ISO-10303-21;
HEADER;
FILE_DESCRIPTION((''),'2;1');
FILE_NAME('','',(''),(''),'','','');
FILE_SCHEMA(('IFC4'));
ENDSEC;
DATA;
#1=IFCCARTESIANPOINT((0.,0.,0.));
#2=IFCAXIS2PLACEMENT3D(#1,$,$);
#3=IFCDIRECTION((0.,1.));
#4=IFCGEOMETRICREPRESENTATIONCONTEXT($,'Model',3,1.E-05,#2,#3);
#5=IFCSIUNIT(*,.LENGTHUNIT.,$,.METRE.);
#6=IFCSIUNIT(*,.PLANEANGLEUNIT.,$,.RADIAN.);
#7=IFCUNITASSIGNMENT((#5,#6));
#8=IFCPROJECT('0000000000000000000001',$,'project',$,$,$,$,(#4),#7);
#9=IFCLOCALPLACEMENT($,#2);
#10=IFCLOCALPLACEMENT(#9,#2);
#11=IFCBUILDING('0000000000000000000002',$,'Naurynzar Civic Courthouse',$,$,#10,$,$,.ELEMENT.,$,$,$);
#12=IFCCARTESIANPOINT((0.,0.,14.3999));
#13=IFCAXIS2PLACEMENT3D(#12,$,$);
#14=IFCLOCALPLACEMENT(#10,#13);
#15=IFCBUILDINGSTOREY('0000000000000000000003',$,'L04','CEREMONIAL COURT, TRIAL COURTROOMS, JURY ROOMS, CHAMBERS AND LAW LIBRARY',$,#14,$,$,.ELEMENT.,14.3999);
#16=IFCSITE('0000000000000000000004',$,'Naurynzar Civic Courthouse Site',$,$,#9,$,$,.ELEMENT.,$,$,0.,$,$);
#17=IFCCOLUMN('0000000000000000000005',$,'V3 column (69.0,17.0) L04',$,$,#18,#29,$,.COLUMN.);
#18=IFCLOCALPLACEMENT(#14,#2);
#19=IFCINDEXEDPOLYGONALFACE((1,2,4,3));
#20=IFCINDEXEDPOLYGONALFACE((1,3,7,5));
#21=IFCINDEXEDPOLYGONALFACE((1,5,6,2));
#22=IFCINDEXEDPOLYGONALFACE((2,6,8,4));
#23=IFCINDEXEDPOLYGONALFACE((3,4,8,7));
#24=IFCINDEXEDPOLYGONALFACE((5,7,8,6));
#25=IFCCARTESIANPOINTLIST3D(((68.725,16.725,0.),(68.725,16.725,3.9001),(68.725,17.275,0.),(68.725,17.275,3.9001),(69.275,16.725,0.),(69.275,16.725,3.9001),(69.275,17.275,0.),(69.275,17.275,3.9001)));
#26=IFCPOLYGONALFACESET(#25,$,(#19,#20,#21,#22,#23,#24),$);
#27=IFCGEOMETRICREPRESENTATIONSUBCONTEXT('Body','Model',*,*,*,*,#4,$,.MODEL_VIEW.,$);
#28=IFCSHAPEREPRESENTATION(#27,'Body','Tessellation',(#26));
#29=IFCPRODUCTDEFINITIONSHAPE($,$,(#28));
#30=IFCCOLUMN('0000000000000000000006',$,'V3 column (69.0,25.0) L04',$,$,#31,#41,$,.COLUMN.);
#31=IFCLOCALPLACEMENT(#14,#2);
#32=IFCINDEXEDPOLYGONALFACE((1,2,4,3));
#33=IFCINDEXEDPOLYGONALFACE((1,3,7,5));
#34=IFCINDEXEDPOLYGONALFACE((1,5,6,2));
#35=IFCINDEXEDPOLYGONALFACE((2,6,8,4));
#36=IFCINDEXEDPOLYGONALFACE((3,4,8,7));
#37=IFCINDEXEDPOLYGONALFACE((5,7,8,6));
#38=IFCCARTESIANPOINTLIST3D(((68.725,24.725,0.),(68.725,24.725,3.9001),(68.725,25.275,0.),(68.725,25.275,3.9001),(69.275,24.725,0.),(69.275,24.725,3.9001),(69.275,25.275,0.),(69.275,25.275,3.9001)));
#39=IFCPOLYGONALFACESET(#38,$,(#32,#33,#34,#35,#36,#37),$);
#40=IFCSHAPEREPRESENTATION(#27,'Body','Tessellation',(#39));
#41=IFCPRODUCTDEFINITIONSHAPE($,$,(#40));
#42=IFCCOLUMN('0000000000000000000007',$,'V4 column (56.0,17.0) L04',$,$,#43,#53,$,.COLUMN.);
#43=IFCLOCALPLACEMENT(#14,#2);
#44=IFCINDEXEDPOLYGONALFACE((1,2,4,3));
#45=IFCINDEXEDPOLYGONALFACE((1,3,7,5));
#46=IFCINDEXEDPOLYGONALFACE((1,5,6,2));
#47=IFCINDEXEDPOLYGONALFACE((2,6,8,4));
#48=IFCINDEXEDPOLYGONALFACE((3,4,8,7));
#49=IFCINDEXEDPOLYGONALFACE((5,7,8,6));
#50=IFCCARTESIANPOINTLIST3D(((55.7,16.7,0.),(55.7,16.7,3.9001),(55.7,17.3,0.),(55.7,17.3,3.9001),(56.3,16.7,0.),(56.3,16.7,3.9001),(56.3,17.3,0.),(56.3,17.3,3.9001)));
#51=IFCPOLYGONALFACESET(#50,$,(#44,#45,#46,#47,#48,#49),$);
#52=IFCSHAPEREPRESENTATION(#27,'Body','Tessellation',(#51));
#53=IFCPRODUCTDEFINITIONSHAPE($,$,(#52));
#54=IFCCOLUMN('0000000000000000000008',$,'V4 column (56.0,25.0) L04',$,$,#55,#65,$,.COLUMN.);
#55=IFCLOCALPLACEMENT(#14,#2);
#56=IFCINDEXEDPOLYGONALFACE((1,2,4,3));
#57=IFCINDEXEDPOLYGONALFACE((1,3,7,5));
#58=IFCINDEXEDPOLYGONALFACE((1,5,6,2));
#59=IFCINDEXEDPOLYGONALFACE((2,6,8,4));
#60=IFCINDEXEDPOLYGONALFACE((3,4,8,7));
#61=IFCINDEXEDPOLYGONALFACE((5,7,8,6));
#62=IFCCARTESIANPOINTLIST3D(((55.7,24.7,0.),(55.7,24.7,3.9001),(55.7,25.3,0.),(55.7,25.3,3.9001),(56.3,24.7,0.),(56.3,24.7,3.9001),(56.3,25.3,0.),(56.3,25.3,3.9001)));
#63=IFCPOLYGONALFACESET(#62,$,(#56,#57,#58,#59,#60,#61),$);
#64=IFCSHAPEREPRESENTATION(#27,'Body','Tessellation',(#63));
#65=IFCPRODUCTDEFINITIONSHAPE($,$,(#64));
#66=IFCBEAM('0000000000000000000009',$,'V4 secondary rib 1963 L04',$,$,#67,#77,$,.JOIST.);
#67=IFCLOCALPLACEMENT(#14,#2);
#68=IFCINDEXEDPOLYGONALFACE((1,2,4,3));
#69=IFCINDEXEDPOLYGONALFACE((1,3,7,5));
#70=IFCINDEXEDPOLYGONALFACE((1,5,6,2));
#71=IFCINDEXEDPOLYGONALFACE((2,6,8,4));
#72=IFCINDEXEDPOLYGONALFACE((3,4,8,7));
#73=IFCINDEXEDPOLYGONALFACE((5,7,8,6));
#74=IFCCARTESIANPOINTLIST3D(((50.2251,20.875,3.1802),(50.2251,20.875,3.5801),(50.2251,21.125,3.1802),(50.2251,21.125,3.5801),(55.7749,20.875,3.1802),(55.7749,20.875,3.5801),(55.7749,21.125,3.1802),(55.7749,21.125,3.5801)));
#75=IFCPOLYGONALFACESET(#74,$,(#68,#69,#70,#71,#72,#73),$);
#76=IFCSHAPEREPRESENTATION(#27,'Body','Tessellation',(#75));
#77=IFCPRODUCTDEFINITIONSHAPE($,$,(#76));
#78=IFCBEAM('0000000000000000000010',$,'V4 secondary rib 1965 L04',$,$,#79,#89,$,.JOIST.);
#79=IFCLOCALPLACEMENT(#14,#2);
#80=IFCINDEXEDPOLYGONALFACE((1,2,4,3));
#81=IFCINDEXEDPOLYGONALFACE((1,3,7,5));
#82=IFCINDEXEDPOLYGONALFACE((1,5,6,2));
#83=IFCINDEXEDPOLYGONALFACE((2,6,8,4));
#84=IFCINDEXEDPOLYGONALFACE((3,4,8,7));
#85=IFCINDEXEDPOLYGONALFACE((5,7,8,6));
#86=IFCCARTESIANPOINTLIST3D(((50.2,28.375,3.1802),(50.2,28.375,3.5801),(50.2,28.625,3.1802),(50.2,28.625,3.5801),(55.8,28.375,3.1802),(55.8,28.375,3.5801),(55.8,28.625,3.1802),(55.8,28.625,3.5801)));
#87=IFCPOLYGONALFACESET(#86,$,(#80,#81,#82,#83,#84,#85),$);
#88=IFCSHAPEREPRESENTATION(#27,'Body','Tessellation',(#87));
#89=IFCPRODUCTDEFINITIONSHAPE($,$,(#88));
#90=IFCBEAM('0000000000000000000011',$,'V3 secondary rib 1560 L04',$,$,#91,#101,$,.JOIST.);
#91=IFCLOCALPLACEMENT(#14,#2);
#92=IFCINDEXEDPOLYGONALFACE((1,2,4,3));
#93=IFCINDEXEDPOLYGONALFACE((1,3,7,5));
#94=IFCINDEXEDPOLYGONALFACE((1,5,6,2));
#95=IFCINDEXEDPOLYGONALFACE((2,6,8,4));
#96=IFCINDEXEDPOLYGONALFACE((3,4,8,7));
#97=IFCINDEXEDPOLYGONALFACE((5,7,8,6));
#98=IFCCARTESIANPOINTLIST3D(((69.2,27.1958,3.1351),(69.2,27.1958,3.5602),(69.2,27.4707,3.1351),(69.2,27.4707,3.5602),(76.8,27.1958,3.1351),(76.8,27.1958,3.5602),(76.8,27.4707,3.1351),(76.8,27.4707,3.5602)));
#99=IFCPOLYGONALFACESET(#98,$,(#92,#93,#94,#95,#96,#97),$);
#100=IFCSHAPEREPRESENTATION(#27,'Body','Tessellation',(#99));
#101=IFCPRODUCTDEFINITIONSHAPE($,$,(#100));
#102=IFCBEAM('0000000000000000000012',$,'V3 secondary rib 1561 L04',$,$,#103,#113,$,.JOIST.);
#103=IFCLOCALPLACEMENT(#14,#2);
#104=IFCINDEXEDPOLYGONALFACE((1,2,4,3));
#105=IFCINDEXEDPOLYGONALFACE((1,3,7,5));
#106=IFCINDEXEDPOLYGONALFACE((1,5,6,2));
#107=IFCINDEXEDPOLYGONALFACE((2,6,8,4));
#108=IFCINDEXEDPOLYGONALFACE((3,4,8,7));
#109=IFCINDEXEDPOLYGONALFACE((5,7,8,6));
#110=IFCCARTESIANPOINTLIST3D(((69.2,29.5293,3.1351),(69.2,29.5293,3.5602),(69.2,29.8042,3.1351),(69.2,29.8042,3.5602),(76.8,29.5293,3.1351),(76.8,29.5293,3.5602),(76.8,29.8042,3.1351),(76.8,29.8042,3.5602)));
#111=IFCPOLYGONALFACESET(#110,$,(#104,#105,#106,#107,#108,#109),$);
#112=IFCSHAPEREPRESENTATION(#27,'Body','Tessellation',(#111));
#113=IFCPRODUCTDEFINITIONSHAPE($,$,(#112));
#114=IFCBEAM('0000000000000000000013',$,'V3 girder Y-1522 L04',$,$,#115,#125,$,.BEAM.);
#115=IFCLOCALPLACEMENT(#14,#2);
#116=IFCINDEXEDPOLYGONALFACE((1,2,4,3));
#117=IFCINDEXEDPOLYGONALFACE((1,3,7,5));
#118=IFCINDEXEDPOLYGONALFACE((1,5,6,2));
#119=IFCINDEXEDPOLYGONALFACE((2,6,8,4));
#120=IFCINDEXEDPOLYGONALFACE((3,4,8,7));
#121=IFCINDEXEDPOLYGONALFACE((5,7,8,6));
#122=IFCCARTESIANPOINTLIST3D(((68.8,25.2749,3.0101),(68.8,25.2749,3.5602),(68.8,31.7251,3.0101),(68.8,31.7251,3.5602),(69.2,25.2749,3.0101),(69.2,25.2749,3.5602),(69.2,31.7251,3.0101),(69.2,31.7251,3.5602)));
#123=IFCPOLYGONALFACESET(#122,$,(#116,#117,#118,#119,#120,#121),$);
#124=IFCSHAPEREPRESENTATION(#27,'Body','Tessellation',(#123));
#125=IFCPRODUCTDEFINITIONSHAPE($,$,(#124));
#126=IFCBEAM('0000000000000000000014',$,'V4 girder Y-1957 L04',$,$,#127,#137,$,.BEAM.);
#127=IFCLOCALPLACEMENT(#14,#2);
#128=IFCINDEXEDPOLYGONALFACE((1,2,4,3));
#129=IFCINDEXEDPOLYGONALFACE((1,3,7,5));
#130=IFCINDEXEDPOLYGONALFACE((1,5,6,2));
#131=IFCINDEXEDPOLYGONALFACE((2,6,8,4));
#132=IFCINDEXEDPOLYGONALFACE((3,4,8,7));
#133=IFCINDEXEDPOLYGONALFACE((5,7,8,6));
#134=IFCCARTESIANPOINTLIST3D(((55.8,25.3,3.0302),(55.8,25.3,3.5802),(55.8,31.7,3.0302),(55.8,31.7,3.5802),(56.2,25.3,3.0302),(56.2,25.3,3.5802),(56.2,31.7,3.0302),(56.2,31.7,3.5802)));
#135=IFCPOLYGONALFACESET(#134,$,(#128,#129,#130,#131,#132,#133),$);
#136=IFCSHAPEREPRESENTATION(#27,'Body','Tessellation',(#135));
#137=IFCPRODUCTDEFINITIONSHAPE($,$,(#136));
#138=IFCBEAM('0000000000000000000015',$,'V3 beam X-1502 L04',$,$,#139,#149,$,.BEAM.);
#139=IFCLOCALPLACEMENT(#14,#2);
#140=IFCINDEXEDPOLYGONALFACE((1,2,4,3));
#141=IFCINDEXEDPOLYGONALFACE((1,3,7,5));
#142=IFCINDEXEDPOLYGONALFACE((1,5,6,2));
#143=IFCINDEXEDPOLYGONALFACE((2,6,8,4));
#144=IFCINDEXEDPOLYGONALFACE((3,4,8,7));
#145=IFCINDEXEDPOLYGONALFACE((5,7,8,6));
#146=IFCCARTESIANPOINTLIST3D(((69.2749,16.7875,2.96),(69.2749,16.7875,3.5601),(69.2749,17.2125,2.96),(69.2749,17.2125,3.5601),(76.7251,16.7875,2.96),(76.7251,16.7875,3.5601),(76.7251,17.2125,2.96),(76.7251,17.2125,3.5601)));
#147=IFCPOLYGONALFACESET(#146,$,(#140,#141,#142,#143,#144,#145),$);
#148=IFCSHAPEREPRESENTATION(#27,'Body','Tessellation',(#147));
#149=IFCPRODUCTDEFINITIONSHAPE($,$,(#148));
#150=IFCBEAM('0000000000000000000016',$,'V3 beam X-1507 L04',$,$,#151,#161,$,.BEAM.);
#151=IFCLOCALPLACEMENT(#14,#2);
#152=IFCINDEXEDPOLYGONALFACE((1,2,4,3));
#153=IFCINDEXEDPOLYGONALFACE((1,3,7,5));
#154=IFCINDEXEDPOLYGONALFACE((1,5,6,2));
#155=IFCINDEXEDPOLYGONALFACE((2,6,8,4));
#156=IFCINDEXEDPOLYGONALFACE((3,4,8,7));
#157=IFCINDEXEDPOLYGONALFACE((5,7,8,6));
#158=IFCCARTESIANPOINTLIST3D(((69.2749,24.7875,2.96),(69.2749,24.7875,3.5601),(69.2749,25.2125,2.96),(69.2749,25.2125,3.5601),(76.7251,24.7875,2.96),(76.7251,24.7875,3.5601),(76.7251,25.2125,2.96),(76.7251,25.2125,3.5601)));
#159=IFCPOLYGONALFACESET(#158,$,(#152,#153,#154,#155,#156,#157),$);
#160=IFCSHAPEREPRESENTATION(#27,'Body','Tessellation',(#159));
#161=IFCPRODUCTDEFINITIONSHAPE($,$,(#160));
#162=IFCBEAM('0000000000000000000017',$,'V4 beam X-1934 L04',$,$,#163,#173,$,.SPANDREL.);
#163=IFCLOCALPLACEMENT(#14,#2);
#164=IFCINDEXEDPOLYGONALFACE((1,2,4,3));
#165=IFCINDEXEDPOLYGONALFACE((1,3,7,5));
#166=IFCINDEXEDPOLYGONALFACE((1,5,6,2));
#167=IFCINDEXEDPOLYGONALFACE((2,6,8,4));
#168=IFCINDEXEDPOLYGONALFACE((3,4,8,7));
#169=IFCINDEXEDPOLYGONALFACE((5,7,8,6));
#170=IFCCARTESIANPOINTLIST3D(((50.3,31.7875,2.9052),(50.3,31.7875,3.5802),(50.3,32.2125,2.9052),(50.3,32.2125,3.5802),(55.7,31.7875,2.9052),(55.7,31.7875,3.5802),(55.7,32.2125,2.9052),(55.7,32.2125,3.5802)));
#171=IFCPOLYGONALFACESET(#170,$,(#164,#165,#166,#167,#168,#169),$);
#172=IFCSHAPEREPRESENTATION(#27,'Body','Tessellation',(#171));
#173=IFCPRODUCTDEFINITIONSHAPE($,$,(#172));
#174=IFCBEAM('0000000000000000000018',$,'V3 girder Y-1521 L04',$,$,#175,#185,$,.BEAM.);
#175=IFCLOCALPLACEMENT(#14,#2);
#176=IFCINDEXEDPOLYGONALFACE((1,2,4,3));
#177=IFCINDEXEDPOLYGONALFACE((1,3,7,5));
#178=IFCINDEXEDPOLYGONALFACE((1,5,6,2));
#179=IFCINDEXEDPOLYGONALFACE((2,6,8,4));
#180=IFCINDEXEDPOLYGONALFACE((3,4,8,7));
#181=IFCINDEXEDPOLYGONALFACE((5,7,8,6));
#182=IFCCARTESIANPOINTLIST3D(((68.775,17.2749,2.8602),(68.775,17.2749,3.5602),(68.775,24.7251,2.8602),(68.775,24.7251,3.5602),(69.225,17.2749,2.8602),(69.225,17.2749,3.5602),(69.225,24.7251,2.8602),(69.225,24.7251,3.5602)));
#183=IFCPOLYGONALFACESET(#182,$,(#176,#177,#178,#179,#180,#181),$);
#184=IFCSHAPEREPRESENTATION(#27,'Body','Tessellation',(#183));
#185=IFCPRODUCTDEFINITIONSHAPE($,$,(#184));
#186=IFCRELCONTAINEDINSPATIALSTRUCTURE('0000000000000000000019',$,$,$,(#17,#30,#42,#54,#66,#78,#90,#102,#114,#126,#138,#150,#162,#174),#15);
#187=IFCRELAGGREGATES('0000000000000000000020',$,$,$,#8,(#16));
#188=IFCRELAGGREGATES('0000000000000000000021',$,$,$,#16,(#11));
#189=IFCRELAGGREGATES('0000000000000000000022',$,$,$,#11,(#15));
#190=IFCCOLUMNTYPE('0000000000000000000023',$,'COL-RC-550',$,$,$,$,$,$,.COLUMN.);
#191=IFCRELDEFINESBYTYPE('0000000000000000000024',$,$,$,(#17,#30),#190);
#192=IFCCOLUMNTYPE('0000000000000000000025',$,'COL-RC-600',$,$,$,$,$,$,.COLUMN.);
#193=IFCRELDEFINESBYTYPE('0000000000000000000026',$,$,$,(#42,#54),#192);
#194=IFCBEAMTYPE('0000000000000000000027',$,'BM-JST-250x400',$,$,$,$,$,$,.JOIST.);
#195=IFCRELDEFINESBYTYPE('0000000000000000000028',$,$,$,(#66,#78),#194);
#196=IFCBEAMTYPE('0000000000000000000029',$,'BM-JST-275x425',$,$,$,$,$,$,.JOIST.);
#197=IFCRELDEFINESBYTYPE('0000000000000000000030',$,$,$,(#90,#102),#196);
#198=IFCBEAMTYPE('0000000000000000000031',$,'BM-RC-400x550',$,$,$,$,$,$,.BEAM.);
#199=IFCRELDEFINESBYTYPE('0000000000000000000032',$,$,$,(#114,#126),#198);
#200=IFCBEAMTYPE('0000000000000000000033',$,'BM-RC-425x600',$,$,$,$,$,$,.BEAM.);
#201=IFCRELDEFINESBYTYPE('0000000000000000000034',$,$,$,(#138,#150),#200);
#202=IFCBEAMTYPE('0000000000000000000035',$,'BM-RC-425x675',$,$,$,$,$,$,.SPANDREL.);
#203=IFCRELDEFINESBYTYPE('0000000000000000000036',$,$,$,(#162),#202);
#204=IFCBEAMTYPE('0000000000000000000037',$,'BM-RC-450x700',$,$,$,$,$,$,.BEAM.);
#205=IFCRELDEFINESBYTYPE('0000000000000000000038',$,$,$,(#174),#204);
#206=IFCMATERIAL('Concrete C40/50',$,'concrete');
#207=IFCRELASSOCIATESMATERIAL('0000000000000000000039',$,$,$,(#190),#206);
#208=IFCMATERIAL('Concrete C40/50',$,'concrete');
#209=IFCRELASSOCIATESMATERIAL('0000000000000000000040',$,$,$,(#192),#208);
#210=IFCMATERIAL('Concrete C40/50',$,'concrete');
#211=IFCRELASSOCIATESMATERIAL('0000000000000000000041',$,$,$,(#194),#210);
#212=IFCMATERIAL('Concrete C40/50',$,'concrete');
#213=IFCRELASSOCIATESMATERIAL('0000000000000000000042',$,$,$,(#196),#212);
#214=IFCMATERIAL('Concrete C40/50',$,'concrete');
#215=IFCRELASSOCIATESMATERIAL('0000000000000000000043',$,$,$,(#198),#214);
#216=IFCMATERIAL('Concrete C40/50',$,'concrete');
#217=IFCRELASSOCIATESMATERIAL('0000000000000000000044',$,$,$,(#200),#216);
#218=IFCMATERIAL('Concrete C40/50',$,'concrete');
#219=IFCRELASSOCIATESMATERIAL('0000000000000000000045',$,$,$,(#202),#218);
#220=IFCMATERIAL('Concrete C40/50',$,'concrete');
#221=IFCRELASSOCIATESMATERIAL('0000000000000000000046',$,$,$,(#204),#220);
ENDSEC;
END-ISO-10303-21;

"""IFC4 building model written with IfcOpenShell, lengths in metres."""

from ifc_helpers import new_model, si_unit, direction, frame, origin, origin_2d, place, context, subcontext, project, spatial, rectangle, extrude, material, material_profile, profile_set, type_object, element, save


model = new_model("IFC4")

# Units and contexts
model_context = context("Model", 3, precision=1e-05, world=origin(), true_north=direction((0.0, 1.0)))
body_context = subcontext(model_context, "Body", "Model", "MODEL_VIEW")
ifc_project = project(units=[si_unit("LENGTHUNIT", "METRE"), si_unit("PLANEANGLEUNIT", "RADIAN")], contexts=[model_context])

# Site, building, storey
site_placement = place(None, origin())
site = spatial("IfcSite", under=ifc_project, at=site_placement, Name="Naurynzar Civic Courthouse Site", CompositionType="ELEMENT", RefElevation=0.0)
building_placement = place(site_placement, origin())
building = spatial("IfcBuilding", under=site, at=building_placement, Name="Naurynzar Civic Courthouse", CompositionType="ELEMENT")
storey_placement = place(building_placement, frame((0.0, 0.0, 14.3999)))
storey = spatial("IfcBuildingStorey", under=building, at=storey_placement, Name="L04", Description="CEREMONIAL COURT, TRIAL COURTROOMS, JURY ROOMS, CHAMBERS AND LAW LIBRARY", CompositionType="ELEMENT", Elevation=14.3999)

# Columns
ifc_material_1 = material(Name="Concrete C40/50", Category="concrete")
ifc_material_profile_1 = material_profile(ifc_material_1, rectangle(XDim=0.55, YDim=0.55, at=origin_2d()), Name="RC 550x550")
ifc_profile_set_1 = profile_set([ifc_material_profile_1], Name="Concrete C40/50")
column_type_1 = type_object("IfcColumnType", Name="COL-RC-550", PredefinedType="COLUMN", material=ifc_profile_set_1)
for number, where, z_axis, x_axis, name in (
    (1, (69.0, 17.0, 0.0), (0.0, 0.0, 1.0), (1.0, 0.0, 0.0), "V3 column (69.0,17.0) L04"),
    (2, (69.0, 25.0, 0.0), (0.0, 0.0, 1.0), (1.0, 0.0, 0.0), "V3 column (69.0,25.0) L04"),
):
    element("IfcColumn", number, at=place(storey_placement, frame(where, z_axis=z_axis, x_axis=x_axis)), inside=storey, type_object=column_type_1, Name=name, PredefinedType="COLUMN", context=body_context, shape_type="SweptSolid", body=[
        extrude(rectangle(XDim=0.55, YDim=0.55, at=origin_2d()), origin(), (0.0, 0.0, 1.0), 3.9001),
    ])
ifc_material_2 = material(Name="Concrete C40/50", Category="concrete")
ifc_material_profile_2 = material_profile(ifc_material_2, rectangle(XDim=0.6001, YDim=0.6001, at=origin_2d()), Name="RC 600x600")
ifc_profile_set_2 = profile_set([ifc_material_profile_2], Name="Concrete C40/50")
column_type_2 = type_object("IfcColumnType", Name="COL-RC-600", PredefinedType="COLUMN", material=ifc_profile_set_2)
for number, where, z_axis, x_axis, name in (
    (3, (56.0, 17.0, 0.0), (0.0, 0.0, 1.0), (1.0, 0.0, 0.0), "V4 column (56.0,17.0) L04"),
    (4, (56.0, 25.0, 0.0), (0.0, 0.0, 1.0), (1.0, 0.0, 0.0), "V4 column (56.0,25.0) L04"),
):
    element("IfcColumn", number, at=place(storey_placement, frame(where, z_axis=z_axis, x_axis=x_axis)), inside=storey, type_object=column_type_2, Name=name, PredefinedType="COLUMN", context=body_context, shape_type="SweptSolid", body=[
        extrude(rectangle(XDim=0.6001, YDim=0.6001, at=origin_2d()), origin(), (0.0, 0.0, 1.0), 3.9001),
    ])

# Beams
ifc_material_3 = material(Name="Concrete C40/50", Category="concrete")
ifc_material_profile_3 = material_profile(ifc_material_3, rectangle(XDim=0.25, YDim=0.3999, at=origin_2d()), Name="RCB 250x400")
ifc_profile_set_3 = profile_set([ifc_material_profile_3], Name="Concrete C40/50")
beam_type_1 = type_object("IfcBeamType", Name="BM-JST-250x400", PredefinedType="JOIST", material=ifc_profile_set_3)
beam_1_placement = place(storey_placement, frame((50.2251, 21.0, 3.3801), z_axis=(1.0, 0.0, 0.0), x_axis=(0.0, 1.0, 0.0)))
element("IfcBeam", 5, at=beam_1_placement, inside=storey, type_object=beam_type_1, Name="V4 secondary rib 1963 L04", PredefinedType="JOIST", context=body_context, shape_type="SweptSolid", body=[
    extrude(rectangle(XDim=0.25, YDim=0.3999, at=origin_2d()), origin(), (0.0, 0.0, 1.0), 5.5498),
])
beam_2_placement = place(storey_placement, frame((50.2, 28.5, 3.3801), z_axis=(1.0, 0.0, 0.0), x_axis=(0.0, 1.0, 0.0)))
element("IfcBeam", 6, at=beam_2_placement, inside=storey, type_object=beam_type_1, Name="V4 secondary rib 1965 L04", PredefinedType="JOIST", context=body_context, shape_type="SweptSolid", body=[
    extrude(rectangle(XDim=0.25, YDim=0.3999, at=origin_2d()), origin(), (0.0, 0.0, 1.0), 5.6001),
])
ifc_material_4 = material(Name="Concrete C40/50", Category="concrete")
ifc_material_profile_4 = material_profile(ifc_material_4, rectangle(XDim=0.2749, YDim=0.425, at=origin_2d()), Name="RCB 275x425")
ifc_profile_set_4 = profile_set([ifc_material_profile_4], Name="Concrete C40/50")
beam_type_2 = type_object("IfcBeamType", Name="BM-JST-275x425", PredefinedType="JOIST", material=ifc_profile_set_4)
for number, where, z_axis, x_axis, name in (
    (7, (69.2, 27.3333, 3.3477), (1.0, 0.0, 0.0), (0.0, 1.0, 0.0), "V3 secondary rib 1560 L04"),
    (8, (69.2, 29.6667, 3.3477), (1.0, 0.0, 0.0), (0.0, 1.0, 0.0), "V3 secondary rib 1561 L04"),
):
    element("IfcBeam", number, at=place(storey_placement, frame(where, z_axis=z_axis, x_axis=x_axis)), inside=storey, type_object=beam_type_2, Name=name, PredefinedType="JOIST", context=body_context, shape_type="SweptSolid", body=[
        extrude(rectangle(XDim=0.2749, YDim=0.425, at=origin_2d()), origin(), (0.0, 0.0, 1.0), 7.6001),
    ])
ifc_material_5 = material(Name="Concrete C40/50", Category="concrete")
ifc_material_profile_5 = material_profile(ifc_material_5, rectangle(XDim=0.3999, YDim=0.55, at=origin_2d()), Name="RCB 400x550")
ifc_profile_set_5 = profile_set([ifc_material_profile_5], Name="Concrete C40/50")
beam_type_3 = type_object("IfcBeamType", Name="BM-RC-400x550", PredefinedType="BEAM", material=ifc_profile_set_5)
beam_3_placement = place(storey_placement, frame((69.0, 25.2749, 3.2852), z_axis=(0.0, 1.0, 0.0), x_axis=(-1.0, 0.0, 0.0)))
element("IfcBeam", 9, at=beam_3_placement, inside=storey, type_object=beam_type_3, Name="V3 girder Y-1522 L04", PredefinedType="BEAM", context=body_context, shape_type="SweptSolid", body=[
    extrude(rectangle(XDim=0.3999, YDim=0.55, at=origin_2d()), origin(), (0.0, 0.0, 1.0), 6.4502),
])
beam_4_placement = place(storey_placement, frame((56.0, 25.3, 3.3052), z_axis=(0.0, 1.0, 0.0), x_axis=(-1.0, 0.0, 0.0)))
element("IfcBeam", 10, at=beam_4_placement, inside=storey, type_object=beam_type_3, Name="V4 girder Y-1957 L04", PredefinedType="BEAM", context=body_context, shape_type="SweptSolid", body=[
    extrude(rectangle(XDim=0.3999, YDim=0.55, at=origin_2d()), origin(), (0.0, 0.0, 1.0), 6.3999),
])
ifc_material_6 = material(Name="Concrete C40/50", Category="concrete")
ifc_material_profile_6 = material_profile(ifc_material_6, rectangle(XDim=0.425, YDim=0.6001, at=origin_2d()), Name="RCB 425x600")
ifc_profile_set_6 = profile_set([ifc_material_profile_6], Name="Concrete C40/50")
beam_type_4 = type_object("IfcBeamType", Name="BM-RC-425x600", PredefinedType="BEAM", material=ifc_profile_set_6)
for number, where, z_axis, x_axis, name in (
    (11, (69.2749, 17.0, 3.26), (1.0, 0.0, 0.0), (0.0, 1.0, 0.0), "V3 beam X-1502 L04"),
    (12, (69.2749, 25.0, 3.26), (1.0, 0.0, 0.0), (0.0, 1.0, 0.0), "V3 beam X-1507 L04"),
):
    element("IfcBeam", number, at=place(storey_placement, frame(where, z_axis=z_axis, x_axis=x_axis)), inside=storey, type_object=beam_type_4, Name=name, PredefinedType="BEAM", context=body_context, shape_type="SweptSolid", body=[
        extrude(rectangle(XDim=0.425, YDim=0.6001, at=origin_2d()), origin(), (0.0, 0.0, 1.0), 7.4502),
    ])
ifc_material_7 = material(Name="Concrete C40/50", Category="concrete")
ifc_material_profile_7 = material_profile(ifc_material_7, rectangle(XDim=0.425, YDim=0.675, at=origin_2d()), Name="RCB 425x675")
ifc_profile_set_7 = profile_set([ifc_material_profile_7], Name="Concrete C40/50")
beam_type_5 = type_object("IfcBeamType", Name="BM-RC-425x675", PredefinedType="SPANDREL", material=ifc_profile_set_7)
beam_5_placement = place(storey_placement, frame((50.3, 32.0, 3.2427), z_axis=(1.0, 0.0, 0.0), x_axis=(0.0, 1.0, 0.0)))
element("IfcBeam", 13, at=beam_5_placement, inside=storey, type_object=beam_type_5, Name="V4 beam X-1934 L04", PredefinedType="SPANDREL", context=body_context, shape_type="SweptSolid", body=[
    extrude(rectangle(XDim=0.425, YDim=0.675, at=origin_2d()), origin(), (0.0, 0.0, 1.0), 5.3999),
])
ifc_material_8 = material(Name="Concrete C40/50", Category="concrete")
ifc_material_profile_8 = material_profile(ifc_material_8, rectangle(XDim=0.45, YDim=0.7, at=origin_2d()), Name="RCB 450x700")
ifc_profile_set_8 = profile_set([ifc_material_profile_8], Name="Concrete C40/50")
beam_type_6 = type_object("IfcBeamType", Name="BM-RC-450x700", PredefinedType="BEAM", material=ifc_profile_set_8)
beam_6_placement = place(storey_placement, frame((69.0, 17.2749, 3.2102), z_axis=(0.0, 1.0, 0.0), x_axis=(-1.0, 0.0, 0.0)))
element("IfcBeam", 14, at=beam_6_placement, inside=storey, type_object=beam_type_6, Name="V3 girder Y-1521 L04", PredefinedType="BEAM", context=body_context, shape_type="SweptSolid", body=[
    extrude(rectangle(XDim=0.45, YDim=0.7, at=origin_2d()), origin(), (0.0, 0.0, 1.0), 7.4502),
])

save(model, "model.ifc")
